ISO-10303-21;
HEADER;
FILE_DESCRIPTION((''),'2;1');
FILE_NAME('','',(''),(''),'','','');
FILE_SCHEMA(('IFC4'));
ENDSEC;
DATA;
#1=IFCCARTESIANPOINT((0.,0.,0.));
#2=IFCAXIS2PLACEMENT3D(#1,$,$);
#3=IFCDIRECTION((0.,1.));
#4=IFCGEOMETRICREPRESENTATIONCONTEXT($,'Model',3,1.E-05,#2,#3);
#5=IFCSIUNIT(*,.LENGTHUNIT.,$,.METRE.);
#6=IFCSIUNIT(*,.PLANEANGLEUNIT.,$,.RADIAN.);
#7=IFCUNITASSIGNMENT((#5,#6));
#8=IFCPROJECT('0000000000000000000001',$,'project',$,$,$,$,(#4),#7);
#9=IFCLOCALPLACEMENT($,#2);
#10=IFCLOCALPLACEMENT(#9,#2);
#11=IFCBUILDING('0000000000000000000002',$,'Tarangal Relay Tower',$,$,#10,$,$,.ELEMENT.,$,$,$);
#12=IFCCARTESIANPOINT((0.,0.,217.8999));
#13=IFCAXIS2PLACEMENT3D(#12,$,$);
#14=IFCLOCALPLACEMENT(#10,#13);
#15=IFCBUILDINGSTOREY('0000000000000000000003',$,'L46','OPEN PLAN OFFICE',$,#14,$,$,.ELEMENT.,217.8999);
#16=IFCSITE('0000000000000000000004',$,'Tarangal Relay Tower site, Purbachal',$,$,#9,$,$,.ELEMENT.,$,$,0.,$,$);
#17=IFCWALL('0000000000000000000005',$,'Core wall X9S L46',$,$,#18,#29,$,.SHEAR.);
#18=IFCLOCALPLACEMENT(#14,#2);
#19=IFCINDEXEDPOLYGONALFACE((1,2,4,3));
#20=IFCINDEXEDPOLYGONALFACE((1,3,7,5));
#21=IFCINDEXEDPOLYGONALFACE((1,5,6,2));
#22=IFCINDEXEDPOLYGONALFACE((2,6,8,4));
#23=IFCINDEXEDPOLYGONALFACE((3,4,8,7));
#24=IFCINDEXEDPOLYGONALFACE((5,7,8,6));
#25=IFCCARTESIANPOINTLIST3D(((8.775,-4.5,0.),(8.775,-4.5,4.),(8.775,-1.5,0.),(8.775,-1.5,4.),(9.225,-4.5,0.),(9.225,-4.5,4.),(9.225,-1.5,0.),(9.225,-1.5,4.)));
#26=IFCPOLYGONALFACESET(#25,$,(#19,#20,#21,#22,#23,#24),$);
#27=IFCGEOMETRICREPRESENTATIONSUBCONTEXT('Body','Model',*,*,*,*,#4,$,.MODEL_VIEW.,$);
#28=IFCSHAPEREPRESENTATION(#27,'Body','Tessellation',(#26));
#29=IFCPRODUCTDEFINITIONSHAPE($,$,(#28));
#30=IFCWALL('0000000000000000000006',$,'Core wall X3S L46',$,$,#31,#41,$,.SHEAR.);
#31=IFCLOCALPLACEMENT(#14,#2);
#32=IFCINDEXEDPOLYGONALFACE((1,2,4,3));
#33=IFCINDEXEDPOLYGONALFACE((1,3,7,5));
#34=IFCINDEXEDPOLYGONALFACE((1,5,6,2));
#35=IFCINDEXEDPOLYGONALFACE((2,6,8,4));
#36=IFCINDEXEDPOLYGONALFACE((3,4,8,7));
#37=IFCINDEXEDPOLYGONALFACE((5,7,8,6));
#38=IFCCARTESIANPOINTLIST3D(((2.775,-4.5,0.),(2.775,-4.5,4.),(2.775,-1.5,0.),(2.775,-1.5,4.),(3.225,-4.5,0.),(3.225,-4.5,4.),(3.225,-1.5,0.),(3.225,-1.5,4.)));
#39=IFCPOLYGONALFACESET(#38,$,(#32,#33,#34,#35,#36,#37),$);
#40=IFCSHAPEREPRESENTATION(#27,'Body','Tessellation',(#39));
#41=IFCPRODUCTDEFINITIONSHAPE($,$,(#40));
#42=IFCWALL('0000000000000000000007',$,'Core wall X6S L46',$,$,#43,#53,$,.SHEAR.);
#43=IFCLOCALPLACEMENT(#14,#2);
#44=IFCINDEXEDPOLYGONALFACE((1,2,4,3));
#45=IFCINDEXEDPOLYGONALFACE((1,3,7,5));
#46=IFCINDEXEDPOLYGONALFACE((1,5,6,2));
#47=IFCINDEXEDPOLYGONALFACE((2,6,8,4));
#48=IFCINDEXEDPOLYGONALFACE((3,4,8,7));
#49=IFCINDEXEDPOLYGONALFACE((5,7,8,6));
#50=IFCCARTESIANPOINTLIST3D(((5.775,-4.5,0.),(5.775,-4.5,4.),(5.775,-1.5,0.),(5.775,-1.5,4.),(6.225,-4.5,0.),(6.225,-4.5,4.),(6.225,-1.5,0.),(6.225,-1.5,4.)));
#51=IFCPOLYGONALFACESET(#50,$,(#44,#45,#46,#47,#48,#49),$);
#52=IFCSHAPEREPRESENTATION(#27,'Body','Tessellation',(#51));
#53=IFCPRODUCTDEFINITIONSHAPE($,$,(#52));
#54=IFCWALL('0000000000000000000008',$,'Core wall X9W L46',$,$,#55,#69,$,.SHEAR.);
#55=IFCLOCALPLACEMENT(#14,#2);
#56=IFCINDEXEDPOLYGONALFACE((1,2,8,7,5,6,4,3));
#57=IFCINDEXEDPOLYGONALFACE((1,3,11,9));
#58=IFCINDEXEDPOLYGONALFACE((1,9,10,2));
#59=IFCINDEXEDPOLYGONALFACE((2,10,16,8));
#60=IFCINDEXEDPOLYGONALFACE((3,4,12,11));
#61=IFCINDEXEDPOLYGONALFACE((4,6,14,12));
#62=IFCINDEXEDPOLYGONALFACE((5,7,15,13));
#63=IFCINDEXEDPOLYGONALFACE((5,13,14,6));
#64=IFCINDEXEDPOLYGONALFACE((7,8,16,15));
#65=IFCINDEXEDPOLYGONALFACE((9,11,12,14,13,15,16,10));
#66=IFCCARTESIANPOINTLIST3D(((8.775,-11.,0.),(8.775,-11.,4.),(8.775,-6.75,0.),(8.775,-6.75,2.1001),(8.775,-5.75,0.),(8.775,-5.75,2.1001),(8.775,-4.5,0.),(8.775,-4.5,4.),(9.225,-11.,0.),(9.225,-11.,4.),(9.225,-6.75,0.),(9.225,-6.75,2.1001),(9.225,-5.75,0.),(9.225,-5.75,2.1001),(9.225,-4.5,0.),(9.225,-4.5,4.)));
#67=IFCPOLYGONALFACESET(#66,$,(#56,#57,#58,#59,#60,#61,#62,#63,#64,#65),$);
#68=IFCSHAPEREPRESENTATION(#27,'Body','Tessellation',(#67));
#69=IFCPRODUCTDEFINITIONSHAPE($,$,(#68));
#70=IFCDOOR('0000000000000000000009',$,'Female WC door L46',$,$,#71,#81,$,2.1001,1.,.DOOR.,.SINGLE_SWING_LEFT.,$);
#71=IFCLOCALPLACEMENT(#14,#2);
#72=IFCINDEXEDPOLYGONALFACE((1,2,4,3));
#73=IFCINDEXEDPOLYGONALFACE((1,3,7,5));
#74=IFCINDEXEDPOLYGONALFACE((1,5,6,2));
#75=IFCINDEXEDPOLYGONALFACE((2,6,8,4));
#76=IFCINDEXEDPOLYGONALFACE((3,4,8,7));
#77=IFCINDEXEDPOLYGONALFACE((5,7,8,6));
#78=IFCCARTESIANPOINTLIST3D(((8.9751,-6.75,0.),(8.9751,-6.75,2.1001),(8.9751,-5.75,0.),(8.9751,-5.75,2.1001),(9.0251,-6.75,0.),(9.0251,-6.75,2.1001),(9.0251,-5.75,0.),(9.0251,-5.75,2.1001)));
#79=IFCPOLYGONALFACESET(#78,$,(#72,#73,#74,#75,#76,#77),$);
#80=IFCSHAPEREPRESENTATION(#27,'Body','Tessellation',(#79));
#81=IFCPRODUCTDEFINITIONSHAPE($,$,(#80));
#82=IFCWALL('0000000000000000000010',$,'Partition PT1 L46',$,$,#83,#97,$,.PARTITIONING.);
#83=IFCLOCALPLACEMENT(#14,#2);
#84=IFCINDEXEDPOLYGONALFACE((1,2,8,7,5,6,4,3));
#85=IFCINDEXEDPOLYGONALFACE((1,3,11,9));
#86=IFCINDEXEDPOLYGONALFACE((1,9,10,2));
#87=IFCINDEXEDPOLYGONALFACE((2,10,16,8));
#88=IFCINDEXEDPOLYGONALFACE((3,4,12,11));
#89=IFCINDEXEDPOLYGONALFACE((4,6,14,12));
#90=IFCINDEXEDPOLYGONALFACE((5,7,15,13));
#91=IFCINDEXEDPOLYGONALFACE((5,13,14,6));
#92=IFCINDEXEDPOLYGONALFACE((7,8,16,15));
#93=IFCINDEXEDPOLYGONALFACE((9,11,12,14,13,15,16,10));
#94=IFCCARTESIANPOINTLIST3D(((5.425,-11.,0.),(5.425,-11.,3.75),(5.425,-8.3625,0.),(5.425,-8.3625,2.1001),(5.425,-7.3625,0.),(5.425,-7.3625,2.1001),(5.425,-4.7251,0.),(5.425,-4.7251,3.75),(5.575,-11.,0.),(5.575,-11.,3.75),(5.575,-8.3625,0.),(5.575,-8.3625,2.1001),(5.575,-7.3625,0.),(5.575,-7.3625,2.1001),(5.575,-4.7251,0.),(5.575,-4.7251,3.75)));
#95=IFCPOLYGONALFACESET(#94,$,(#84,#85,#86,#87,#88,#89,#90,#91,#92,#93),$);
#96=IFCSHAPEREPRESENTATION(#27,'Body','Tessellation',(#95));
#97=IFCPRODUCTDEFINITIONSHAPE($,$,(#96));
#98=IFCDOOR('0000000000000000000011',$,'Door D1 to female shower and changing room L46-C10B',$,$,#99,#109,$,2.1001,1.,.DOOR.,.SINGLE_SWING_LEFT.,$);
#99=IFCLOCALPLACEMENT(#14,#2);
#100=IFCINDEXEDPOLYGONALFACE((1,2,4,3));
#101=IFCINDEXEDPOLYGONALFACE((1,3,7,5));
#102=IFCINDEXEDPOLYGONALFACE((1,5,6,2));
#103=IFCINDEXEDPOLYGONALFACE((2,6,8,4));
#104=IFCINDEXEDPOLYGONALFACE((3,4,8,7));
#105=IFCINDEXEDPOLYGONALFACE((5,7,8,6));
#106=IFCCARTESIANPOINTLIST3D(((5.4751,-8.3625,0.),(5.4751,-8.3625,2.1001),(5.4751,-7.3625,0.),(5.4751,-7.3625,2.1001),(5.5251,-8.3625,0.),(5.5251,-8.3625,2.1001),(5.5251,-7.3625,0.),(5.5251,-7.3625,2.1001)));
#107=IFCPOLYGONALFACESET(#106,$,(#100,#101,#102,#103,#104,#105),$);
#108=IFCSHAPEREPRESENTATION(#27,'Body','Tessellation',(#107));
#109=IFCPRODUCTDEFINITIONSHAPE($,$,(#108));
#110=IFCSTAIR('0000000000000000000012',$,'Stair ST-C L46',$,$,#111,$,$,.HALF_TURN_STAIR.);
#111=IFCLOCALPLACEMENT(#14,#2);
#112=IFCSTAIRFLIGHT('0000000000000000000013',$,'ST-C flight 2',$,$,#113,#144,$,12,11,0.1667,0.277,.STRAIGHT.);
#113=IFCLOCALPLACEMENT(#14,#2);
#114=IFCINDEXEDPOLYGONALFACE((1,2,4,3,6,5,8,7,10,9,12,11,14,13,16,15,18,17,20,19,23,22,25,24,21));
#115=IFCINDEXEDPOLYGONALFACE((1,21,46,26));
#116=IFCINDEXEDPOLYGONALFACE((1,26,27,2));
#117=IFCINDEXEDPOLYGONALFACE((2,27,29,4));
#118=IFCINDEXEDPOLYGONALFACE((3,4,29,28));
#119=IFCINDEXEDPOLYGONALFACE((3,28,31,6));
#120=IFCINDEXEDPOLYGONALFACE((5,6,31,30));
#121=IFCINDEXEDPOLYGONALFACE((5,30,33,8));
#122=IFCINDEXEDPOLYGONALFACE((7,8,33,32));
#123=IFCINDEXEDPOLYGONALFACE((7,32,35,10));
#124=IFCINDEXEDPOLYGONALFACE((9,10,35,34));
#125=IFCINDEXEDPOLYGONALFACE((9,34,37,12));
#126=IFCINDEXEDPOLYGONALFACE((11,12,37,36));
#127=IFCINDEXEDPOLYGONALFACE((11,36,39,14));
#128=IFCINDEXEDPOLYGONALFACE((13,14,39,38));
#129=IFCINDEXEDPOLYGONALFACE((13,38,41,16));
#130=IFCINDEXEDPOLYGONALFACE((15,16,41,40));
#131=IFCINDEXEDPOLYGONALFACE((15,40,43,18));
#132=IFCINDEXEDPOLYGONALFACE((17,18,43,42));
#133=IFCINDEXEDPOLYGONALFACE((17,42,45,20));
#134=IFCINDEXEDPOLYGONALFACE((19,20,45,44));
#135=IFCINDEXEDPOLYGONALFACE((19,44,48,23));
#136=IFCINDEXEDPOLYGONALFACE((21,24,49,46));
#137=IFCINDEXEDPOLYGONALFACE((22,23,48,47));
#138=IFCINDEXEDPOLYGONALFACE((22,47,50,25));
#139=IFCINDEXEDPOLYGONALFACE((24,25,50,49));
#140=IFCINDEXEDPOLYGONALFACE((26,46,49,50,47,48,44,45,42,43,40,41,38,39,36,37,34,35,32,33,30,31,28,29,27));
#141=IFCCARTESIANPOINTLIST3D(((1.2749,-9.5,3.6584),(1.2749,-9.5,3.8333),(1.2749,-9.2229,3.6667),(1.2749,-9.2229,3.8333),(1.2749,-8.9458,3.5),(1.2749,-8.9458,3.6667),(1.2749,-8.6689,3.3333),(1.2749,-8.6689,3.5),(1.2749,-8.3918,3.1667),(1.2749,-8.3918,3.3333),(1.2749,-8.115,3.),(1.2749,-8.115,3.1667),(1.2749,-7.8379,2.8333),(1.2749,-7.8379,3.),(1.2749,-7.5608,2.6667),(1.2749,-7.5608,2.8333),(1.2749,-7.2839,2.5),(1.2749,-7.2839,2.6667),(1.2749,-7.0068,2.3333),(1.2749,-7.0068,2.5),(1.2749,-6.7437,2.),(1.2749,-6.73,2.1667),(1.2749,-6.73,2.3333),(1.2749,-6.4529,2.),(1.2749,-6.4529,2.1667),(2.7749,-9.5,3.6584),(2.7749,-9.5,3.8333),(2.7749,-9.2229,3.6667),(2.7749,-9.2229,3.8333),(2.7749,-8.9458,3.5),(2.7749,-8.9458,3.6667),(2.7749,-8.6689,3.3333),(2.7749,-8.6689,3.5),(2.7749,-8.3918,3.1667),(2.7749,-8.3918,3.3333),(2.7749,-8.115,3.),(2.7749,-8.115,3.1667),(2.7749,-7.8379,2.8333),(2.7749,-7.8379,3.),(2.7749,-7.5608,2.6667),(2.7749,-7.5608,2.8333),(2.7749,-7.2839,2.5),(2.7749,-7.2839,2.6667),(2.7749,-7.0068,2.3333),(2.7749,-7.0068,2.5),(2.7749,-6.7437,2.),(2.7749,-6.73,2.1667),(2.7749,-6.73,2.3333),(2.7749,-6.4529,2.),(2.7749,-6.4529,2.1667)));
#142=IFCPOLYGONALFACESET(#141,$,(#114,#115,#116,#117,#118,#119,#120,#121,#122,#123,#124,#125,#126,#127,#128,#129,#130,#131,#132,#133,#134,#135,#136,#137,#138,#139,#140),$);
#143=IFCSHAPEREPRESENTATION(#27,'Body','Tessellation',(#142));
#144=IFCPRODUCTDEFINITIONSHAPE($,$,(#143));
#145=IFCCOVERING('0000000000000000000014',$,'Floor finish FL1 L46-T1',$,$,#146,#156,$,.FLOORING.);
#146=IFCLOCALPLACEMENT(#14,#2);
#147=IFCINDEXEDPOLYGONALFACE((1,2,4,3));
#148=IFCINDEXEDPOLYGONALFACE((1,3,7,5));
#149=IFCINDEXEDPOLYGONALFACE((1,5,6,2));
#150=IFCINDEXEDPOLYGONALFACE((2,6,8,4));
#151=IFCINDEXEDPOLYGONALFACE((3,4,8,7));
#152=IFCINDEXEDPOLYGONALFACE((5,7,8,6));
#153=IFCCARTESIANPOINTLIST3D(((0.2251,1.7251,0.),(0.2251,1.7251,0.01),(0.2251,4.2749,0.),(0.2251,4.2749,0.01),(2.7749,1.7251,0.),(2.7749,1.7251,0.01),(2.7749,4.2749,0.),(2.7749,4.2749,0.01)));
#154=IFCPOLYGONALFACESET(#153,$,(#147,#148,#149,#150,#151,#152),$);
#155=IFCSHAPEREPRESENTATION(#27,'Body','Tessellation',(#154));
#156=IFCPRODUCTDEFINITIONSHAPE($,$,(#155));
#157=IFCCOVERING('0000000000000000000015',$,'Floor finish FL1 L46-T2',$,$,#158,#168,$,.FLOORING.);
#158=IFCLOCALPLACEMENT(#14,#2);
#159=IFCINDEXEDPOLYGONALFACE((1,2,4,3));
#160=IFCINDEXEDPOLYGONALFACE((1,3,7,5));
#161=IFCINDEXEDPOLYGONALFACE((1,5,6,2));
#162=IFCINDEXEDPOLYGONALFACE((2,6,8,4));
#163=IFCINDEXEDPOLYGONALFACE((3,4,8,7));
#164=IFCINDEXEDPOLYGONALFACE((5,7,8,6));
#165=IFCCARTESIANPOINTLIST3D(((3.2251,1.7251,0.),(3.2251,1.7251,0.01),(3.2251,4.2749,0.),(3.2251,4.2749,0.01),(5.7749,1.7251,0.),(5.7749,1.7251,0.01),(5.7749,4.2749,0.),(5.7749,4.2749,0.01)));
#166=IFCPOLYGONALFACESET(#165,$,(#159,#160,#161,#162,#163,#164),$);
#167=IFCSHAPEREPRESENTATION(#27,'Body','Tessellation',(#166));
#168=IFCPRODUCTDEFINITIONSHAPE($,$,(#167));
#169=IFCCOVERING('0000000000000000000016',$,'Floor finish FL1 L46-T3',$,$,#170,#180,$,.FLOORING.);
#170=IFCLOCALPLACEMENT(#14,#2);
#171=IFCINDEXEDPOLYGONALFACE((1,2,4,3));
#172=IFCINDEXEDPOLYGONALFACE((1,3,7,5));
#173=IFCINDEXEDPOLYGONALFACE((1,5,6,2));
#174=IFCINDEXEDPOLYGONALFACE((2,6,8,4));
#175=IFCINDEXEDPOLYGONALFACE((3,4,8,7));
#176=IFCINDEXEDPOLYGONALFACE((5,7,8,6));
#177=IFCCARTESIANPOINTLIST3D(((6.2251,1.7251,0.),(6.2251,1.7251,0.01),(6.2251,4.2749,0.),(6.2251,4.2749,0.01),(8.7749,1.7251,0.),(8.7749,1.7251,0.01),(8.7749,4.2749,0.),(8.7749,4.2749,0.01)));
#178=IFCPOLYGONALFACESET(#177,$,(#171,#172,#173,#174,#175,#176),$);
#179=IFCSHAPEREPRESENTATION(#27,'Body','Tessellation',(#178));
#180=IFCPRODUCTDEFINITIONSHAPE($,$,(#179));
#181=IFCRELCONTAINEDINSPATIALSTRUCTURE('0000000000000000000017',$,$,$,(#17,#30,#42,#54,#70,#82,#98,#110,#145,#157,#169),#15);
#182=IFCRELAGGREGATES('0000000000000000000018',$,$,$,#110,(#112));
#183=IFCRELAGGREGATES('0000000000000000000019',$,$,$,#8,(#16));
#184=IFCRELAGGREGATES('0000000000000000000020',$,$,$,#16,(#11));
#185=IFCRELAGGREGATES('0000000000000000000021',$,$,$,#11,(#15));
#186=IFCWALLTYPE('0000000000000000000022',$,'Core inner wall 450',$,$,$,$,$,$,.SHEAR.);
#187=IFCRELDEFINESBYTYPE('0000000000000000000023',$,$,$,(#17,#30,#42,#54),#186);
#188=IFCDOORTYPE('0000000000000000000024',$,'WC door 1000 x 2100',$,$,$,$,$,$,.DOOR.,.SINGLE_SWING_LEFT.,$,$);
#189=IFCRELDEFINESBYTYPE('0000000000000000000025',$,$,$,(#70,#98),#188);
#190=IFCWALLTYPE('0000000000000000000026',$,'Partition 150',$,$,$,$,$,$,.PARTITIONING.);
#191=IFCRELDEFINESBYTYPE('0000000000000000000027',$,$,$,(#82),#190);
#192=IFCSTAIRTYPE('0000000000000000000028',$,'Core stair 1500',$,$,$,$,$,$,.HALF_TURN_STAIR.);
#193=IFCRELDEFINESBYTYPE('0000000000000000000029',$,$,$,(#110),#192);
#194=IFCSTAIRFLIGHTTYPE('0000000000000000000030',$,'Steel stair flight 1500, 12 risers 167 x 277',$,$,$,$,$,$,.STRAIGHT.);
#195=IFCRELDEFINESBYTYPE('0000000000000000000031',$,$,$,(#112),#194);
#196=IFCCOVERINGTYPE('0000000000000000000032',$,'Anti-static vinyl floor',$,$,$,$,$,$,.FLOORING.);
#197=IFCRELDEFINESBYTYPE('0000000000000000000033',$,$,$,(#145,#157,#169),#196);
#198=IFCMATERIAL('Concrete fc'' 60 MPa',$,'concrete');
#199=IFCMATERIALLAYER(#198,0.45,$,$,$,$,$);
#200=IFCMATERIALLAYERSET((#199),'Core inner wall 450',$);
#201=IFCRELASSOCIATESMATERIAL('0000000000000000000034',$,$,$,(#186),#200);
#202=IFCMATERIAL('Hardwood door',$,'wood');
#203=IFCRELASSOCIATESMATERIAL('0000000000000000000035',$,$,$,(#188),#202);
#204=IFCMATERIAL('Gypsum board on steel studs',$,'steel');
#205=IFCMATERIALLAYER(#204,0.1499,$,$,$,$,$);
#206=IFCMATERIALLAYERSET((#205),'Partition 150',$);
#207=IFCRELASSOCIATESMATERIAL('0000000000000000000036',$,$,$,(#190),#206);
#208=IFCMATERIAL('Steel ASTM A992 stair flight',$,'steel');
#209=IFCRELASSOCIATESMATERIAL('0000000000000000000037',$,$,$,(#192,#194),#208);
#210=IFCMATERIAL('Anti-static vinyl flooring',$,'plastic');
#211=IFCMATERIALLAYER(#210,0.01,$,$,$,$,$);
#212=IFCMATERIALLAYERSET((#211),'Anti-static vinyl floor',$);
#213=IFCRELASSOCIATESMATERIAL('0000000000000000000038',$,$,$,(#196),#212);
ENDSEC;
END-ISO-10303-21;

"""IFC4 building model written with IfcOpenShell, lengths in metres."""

from ifc_helpers import new_model, si_unit, direction, frame, frame_2d, origin, place, context, subcontext, project, spatial, polyline, rectangle, outline, extrude, material, layer, layer_set, type_object, element, fill, aggregate, save


model = new_model("IFC4")

# Units and contexts
model_context = context("Model", 3, precision=1e-05, world=origin(), true_north=direction((0.0, 1.0)))
body_context = subcontext(model_context, "Body", "Model", "MODEL_VIEW")
ifc_project = project(units=[si_unit("LENGTHUNIT", "METRE"), si_unit("PLANEANGLEUNIT", "RADIAN")], contexts=[model_context])

# Site, building, storey
site_placement = place(None, origin())
site = spatial("IfcSite", under=ifc_project, at=site_placement, Name="Tarangal Relay Tower site, Purbachal", CompositionType="ELEMENT", RefElevation=0.0)
building_placement = place(site_placement, origin())
building = spatial("IfcBuilding", under=site, at=building_placement, Name="Tarangal Relay Tower", CompositionType="ELEMENT")
storey_placement = place(building_placement, frame((0.0, 0.0, 217.8999)))
storey = spatial("IfcBuildingStorey", under=building, at=storey_placement, Name="L46", Description="OPEN PLAN OFFICE", CompositionType="ELEMENT", Elevation=217.8999)

# Walls
ifc_material_1 = material(Name="Concrete fc' 60 MPa", Category="concrete")
ifc_layer_1 = layer(ifc_material_1, 0.45)
ifc_layer_set_1 = layer_set([ifc_layer_1], Name="Core inner wall 450")
wall_type_1 = type_object("IfcWallType", Name="Core inner wall 450", PredefinedType="SHEAR", material=ifc_layer_set_1)
for number, where, z_axis, x_axis, name in (
    (1, (9.0, -4.5, 0.0), (0.0, 0.0, 1.0), (0.0, 1.0, 0.0), "Core wall X9S L46"),
    (2, (3.0, -4.5, 0.0), (0.0, 0.0, 1.0), (0.0, 1.0, 0.0), "Core wall X3S L46"),
    (3, (6.0, -4.5, 0.0), (0.0, 0.0, 1.0), (0.0, 1.0, 0.0), "Core wall X6S L46"),
):
    element("IfcWall", number, at=place(storey_placement, frame(where, z_axis=z_axis, x_axis=x_axis)), inside=storey, type_object=wall_type_1, Name=name, PredefinedType="SHEAR", context=body_context, shape_type="SweptSolid", body=[
        extrude(rectangle(XDim=3.0, YDim=0.45, at=frame_2d((1.5, 0.0))), origin(), (0.0, 0.0, 1.0), 4.0),
    ])

# Walls, openings, doors
wall_1_placement = place(storey_placement, frame((9.0, -11.0, 0.0), z_axis=(0.0, 0.0, 1.0), x_axis=(0.0, 1.0, 0.0)))
wall_1 = element("IfcWall", 4, at=wall_1_placement, inside=storey, type_object=wall_type_1, Name="Core wall X9W L46", PredefinedType="SHEAR", context=body_context, shape_type="SweptSolid", body=[
    extrude(rectangle(XDim=6.5, YDim=0.45, at=frame_2d((3.25, 0.0))), origin(), (0.0, 0.0, 1.0), 4.0),
])
opening_1_placement = place(wall_1_placement, frame((4.25, 0.0, 0.0)))
opening_1 = element("IfcOpeningElement", 5, at=opening_1_placement, cuts=wall_1, PredefinedType="OPENING", context=body_context, shape_type="SweptSolid", body=[
    extrude(rectangle(XDim=1.0, YDim=2.1001, at=frame_2d((0.5, 1.05))), frame((0.0, 0.2349, 0.0), z_axis=(0.0, -1.0, 0.0), x_axis=(1.0, 0.0, 0.0)), (0.0, 0.0, 1.0), 0.47),
])
ifc_material_2 = material(Name="Hardwood door", Category="wood")
door_type = type_object("IfcDoorType", Name="WC door 1000 x 2100", OperationType="SINGLE_SWING_LEFT", PredefinedType="DOOR", material=ifc_material_2)
door_1_placement = place(opening_1_placement, origin())
door_1 = element("IfcDoor", 6, at=door_1_placement, inside=storey, type_object=door_type, Name="Female WC door L46", OperationType="SINGLE_SWING_LEFT", OverallHeight=2.1001, OverallWidth=1.0, PredefinedType="DOOR", context=body_context, shape_type="SweptSolid", body=[
    extrude(rectangle(XDim=1.0, YDim=2.1001, at=frame_2d((0.5, 1.05))), frame((0.0, 0.0249, 0.0), z_axis=(0.0, -1.0, 0.0), x_axis=(1.0, 0.0, 0.0)), (0.0, 0.0, 1.0), 0.05),
])
fill(opening_1, door_1)
ifc_material_3 = material(Name="Gypsum board on steel studs", Category="steel")
ifc_layer_2 = layer(ifc_material_3, 0.1499)
ifc_layer_set_2 = layer_set([ifc_layer_2], Name="Partition 150")
wall_type_2 = type_object("IfcWallType", Name="Partition 150", PredefinedType="PARTITIONING", material=ifc_layer_set_2)
wall_2_placement = place(storey_placement, frame((5.5, -11.0, 0.0), z_axis=(0.0, 0.0, 1.0), x_axis=(0.0, 1.0, 0.0)))
wall_2 = element("IfcWall", 7, at=wall_2_placement, inside=storey, type_object=wall_type_2, Name="Partition PT1 L46", PredefinedType="PARTITIONING", context=body_context, shape_type="SweptSolid", body=[
    extrude(rectangle(XDim=6.2749, YDim=0.1499, at=frame_2d((3.1375, 0.0))), origin(), (0.0, 0.0, 1.0), 3.75),
])
opening_2_placement = place(wall_2_placement, frame((2.6375, 0.0, 0.0)))
opening_2 = element("IfcOpeningElement", 8, at=opening_2_placement, cuts=wall_2, PredefinedType="OPENING", context=body_context, shape_type="SweptSolid", body=[
    extrude(rectangle(XDim=1.0, YDim=2.1001, at=frame_2d((0.5, 1.05))), frame((0.0, 0.085, 0.0), z_axis=(0.0, -1.0, 0.0), x_axis=(1.0, 0.0, 0.0)), (0.0, 0.0, 1.0), 0.1699),
])
door_2_placement = place(opening_2_placement, origin())
door_2 = element("IfcDoor", 9, at=door_2_placement, inside=storey, type_object=door_type, Name="Door D1 to female shower and changing room L46-C10B", OperationType="SINGLE_SWING_LEFT", OverallHeight=2.1001, OverallWidth=1.0, PredefinedType="DOOR", context=body_context, shape_type="SweptSolid", body=[
    extrude(rectangle(XDim=1.0, YDim=2.1001, at=frame_2d((0.5, 1.05))), frame((0.0, 0.0249, 0.0), z_axis=(0.0, -1.0, 0.0), x_axis=(1.0, 0.0, 0.0)), (0.0, 0.0, 1.0), 0.05),
])
fill(opening_2, door_2)

# Stair, stair flight
ifc_material_4 = material(Name="Steel ASTM A992 stair flight", Category="steel")
stair_type = type_object("IfcStairType", Name="Core stair 1500", PredefinedType="HALF_TURN_STAIR", material=ifc_material_4)
stair_placement = place(storey_placement, origin())
stair = element("IfcStair", 10, at=stair_placement, inside=storey, type_object=stair_type, Name="Stair ST-C L46", PredefinedType="HALF_TURN_STAIR")
stair_flight_type = type_object("IfcStairFlightType", Name="Steel stair flight 1500, 12 risers 167 x 277", PredefinedType="STRAIGHT", material=ifc_material_4)
stair_flight_placement = place(storey_placement, frame((2.0249, -6.4529, 2.0), z_axis=(0.0, 0.0, 1.0), x_axis=(0.0, -1.0, 0.0)))
stair_flight = element("IfcStairFlight", 11, at=stair_flight_placement, type_object=stair_flight_type, Name="ST-C flight 2", NumberOfRisers=12, NumberOfTreads=11, PredefinedType="STRAIGHT", RiserHeight=0.1667, TreadLength=0.277, context=body_context, shape_type="SweptSolid", body=[
    extrude(outline(polyline([(0.0, 0.0), (0.0, 0.1667), (0.2771, 0.1667), (0.2771, 0.3333), (0.554, 0.3333), (0.554, 0.5), (0.8311, 0.5), (0.8311, 0.6667), (1.1079, 0.6667), (1.1079, 0.8333), (1.385, 0.8333), (1.385, 1.0), (1.6621, 1.0), (1.6621, 1.1667), (1.939, 1.1667), (1.939, 1.3333), (2.2161, 1.3333), (2.2161, 1.5), (2.4929, 1.5), (2.4929, 1.6667), (2.77, 1.6667), (2.77, 1.8333), (3.0471, 1.8333), (3.0471, 2.0), (3.0471, 1.6584), (0.2908, 0.0), (0.0, 0.0)])), frame((0.0, 0.75, 0.0), z_axis=(0.0, -1.0, 0.0), x_axis=(1.0, 0.0, 0.0)), (0.0, 0.0, 1.0), 1.5),
])
aggregate(stair, [stair_flight])

# Coverings
ifc_material_5 = material(Name="Anti-static vinyl flooring", Category="plastic")
ifc_layer_3 = layer(ifc_material_5, 0.01)
ifc_layer_set_3 = layer_set([ifc_layer_3], Name="Anti-static vinyl floor")
covering_type_1 = type_object("IfcCoveringType", Name="Anti-static vinyl floor", PredefinedType="FLOORING", material=ifc_layer_set_3)
covering_1_placement = place(storey_placement, origin())
element("IfcCovering", 12, at=covering_1_placement, inside=storey, type_object=covering_type_1, Name="Floor finish FL1 L46-T1", PredefinedType="FLOORING", context=body_context, shape_type="SweptSolid", body=[
    extrude(outline(polyline([(0.2251, 1.7251), (2.7749, 1.7251), (2.7749, 4.2749), (0.2251, 4.2749), (0.2251, 1.7251)])), origin(), (0.0, 0.0, 1.0), 0.01),
])
covering_2_placement = place(storey_placement, origin())
element("IfcCovering", 13, at=covering_2_placement, inside=storey, type_object=covering_type_1, Name="Floor finish FL1 L46-T2", PredefinedType="FLOORING", context=body_context, shape_type="SweptSolid", body=[
    extrude(outline(polyline([(3.2251, 1.7251), (5.7749, 1.7251), (5.7749, 4.2749), (3.2251, 4.2749), (3.2251, 1.7251)])), origin(), (0.0, 0.0, 1.0), 0.01),
])
covering_3_placement = place(storey_placement, origin())
element("IfcCovering", 14, at=covering_3_placement, inside=storey, type_object=covering_type_1, Name="Floor finish FL1 L46-T3", PredefinedType="FLOORING", context=body_context, shape_type="SweptSolid", body=[
    extrude(outline(polyline([(6.2251, 1.7251), (8.7749, 1.7251), (8.7749, 4.2749), (6.2251, 4.2749), (6.2251, 1.7251)])), origin(), (0.0, 0.0, 1.0), 0.01),
])

save(model, "model.ifc")
